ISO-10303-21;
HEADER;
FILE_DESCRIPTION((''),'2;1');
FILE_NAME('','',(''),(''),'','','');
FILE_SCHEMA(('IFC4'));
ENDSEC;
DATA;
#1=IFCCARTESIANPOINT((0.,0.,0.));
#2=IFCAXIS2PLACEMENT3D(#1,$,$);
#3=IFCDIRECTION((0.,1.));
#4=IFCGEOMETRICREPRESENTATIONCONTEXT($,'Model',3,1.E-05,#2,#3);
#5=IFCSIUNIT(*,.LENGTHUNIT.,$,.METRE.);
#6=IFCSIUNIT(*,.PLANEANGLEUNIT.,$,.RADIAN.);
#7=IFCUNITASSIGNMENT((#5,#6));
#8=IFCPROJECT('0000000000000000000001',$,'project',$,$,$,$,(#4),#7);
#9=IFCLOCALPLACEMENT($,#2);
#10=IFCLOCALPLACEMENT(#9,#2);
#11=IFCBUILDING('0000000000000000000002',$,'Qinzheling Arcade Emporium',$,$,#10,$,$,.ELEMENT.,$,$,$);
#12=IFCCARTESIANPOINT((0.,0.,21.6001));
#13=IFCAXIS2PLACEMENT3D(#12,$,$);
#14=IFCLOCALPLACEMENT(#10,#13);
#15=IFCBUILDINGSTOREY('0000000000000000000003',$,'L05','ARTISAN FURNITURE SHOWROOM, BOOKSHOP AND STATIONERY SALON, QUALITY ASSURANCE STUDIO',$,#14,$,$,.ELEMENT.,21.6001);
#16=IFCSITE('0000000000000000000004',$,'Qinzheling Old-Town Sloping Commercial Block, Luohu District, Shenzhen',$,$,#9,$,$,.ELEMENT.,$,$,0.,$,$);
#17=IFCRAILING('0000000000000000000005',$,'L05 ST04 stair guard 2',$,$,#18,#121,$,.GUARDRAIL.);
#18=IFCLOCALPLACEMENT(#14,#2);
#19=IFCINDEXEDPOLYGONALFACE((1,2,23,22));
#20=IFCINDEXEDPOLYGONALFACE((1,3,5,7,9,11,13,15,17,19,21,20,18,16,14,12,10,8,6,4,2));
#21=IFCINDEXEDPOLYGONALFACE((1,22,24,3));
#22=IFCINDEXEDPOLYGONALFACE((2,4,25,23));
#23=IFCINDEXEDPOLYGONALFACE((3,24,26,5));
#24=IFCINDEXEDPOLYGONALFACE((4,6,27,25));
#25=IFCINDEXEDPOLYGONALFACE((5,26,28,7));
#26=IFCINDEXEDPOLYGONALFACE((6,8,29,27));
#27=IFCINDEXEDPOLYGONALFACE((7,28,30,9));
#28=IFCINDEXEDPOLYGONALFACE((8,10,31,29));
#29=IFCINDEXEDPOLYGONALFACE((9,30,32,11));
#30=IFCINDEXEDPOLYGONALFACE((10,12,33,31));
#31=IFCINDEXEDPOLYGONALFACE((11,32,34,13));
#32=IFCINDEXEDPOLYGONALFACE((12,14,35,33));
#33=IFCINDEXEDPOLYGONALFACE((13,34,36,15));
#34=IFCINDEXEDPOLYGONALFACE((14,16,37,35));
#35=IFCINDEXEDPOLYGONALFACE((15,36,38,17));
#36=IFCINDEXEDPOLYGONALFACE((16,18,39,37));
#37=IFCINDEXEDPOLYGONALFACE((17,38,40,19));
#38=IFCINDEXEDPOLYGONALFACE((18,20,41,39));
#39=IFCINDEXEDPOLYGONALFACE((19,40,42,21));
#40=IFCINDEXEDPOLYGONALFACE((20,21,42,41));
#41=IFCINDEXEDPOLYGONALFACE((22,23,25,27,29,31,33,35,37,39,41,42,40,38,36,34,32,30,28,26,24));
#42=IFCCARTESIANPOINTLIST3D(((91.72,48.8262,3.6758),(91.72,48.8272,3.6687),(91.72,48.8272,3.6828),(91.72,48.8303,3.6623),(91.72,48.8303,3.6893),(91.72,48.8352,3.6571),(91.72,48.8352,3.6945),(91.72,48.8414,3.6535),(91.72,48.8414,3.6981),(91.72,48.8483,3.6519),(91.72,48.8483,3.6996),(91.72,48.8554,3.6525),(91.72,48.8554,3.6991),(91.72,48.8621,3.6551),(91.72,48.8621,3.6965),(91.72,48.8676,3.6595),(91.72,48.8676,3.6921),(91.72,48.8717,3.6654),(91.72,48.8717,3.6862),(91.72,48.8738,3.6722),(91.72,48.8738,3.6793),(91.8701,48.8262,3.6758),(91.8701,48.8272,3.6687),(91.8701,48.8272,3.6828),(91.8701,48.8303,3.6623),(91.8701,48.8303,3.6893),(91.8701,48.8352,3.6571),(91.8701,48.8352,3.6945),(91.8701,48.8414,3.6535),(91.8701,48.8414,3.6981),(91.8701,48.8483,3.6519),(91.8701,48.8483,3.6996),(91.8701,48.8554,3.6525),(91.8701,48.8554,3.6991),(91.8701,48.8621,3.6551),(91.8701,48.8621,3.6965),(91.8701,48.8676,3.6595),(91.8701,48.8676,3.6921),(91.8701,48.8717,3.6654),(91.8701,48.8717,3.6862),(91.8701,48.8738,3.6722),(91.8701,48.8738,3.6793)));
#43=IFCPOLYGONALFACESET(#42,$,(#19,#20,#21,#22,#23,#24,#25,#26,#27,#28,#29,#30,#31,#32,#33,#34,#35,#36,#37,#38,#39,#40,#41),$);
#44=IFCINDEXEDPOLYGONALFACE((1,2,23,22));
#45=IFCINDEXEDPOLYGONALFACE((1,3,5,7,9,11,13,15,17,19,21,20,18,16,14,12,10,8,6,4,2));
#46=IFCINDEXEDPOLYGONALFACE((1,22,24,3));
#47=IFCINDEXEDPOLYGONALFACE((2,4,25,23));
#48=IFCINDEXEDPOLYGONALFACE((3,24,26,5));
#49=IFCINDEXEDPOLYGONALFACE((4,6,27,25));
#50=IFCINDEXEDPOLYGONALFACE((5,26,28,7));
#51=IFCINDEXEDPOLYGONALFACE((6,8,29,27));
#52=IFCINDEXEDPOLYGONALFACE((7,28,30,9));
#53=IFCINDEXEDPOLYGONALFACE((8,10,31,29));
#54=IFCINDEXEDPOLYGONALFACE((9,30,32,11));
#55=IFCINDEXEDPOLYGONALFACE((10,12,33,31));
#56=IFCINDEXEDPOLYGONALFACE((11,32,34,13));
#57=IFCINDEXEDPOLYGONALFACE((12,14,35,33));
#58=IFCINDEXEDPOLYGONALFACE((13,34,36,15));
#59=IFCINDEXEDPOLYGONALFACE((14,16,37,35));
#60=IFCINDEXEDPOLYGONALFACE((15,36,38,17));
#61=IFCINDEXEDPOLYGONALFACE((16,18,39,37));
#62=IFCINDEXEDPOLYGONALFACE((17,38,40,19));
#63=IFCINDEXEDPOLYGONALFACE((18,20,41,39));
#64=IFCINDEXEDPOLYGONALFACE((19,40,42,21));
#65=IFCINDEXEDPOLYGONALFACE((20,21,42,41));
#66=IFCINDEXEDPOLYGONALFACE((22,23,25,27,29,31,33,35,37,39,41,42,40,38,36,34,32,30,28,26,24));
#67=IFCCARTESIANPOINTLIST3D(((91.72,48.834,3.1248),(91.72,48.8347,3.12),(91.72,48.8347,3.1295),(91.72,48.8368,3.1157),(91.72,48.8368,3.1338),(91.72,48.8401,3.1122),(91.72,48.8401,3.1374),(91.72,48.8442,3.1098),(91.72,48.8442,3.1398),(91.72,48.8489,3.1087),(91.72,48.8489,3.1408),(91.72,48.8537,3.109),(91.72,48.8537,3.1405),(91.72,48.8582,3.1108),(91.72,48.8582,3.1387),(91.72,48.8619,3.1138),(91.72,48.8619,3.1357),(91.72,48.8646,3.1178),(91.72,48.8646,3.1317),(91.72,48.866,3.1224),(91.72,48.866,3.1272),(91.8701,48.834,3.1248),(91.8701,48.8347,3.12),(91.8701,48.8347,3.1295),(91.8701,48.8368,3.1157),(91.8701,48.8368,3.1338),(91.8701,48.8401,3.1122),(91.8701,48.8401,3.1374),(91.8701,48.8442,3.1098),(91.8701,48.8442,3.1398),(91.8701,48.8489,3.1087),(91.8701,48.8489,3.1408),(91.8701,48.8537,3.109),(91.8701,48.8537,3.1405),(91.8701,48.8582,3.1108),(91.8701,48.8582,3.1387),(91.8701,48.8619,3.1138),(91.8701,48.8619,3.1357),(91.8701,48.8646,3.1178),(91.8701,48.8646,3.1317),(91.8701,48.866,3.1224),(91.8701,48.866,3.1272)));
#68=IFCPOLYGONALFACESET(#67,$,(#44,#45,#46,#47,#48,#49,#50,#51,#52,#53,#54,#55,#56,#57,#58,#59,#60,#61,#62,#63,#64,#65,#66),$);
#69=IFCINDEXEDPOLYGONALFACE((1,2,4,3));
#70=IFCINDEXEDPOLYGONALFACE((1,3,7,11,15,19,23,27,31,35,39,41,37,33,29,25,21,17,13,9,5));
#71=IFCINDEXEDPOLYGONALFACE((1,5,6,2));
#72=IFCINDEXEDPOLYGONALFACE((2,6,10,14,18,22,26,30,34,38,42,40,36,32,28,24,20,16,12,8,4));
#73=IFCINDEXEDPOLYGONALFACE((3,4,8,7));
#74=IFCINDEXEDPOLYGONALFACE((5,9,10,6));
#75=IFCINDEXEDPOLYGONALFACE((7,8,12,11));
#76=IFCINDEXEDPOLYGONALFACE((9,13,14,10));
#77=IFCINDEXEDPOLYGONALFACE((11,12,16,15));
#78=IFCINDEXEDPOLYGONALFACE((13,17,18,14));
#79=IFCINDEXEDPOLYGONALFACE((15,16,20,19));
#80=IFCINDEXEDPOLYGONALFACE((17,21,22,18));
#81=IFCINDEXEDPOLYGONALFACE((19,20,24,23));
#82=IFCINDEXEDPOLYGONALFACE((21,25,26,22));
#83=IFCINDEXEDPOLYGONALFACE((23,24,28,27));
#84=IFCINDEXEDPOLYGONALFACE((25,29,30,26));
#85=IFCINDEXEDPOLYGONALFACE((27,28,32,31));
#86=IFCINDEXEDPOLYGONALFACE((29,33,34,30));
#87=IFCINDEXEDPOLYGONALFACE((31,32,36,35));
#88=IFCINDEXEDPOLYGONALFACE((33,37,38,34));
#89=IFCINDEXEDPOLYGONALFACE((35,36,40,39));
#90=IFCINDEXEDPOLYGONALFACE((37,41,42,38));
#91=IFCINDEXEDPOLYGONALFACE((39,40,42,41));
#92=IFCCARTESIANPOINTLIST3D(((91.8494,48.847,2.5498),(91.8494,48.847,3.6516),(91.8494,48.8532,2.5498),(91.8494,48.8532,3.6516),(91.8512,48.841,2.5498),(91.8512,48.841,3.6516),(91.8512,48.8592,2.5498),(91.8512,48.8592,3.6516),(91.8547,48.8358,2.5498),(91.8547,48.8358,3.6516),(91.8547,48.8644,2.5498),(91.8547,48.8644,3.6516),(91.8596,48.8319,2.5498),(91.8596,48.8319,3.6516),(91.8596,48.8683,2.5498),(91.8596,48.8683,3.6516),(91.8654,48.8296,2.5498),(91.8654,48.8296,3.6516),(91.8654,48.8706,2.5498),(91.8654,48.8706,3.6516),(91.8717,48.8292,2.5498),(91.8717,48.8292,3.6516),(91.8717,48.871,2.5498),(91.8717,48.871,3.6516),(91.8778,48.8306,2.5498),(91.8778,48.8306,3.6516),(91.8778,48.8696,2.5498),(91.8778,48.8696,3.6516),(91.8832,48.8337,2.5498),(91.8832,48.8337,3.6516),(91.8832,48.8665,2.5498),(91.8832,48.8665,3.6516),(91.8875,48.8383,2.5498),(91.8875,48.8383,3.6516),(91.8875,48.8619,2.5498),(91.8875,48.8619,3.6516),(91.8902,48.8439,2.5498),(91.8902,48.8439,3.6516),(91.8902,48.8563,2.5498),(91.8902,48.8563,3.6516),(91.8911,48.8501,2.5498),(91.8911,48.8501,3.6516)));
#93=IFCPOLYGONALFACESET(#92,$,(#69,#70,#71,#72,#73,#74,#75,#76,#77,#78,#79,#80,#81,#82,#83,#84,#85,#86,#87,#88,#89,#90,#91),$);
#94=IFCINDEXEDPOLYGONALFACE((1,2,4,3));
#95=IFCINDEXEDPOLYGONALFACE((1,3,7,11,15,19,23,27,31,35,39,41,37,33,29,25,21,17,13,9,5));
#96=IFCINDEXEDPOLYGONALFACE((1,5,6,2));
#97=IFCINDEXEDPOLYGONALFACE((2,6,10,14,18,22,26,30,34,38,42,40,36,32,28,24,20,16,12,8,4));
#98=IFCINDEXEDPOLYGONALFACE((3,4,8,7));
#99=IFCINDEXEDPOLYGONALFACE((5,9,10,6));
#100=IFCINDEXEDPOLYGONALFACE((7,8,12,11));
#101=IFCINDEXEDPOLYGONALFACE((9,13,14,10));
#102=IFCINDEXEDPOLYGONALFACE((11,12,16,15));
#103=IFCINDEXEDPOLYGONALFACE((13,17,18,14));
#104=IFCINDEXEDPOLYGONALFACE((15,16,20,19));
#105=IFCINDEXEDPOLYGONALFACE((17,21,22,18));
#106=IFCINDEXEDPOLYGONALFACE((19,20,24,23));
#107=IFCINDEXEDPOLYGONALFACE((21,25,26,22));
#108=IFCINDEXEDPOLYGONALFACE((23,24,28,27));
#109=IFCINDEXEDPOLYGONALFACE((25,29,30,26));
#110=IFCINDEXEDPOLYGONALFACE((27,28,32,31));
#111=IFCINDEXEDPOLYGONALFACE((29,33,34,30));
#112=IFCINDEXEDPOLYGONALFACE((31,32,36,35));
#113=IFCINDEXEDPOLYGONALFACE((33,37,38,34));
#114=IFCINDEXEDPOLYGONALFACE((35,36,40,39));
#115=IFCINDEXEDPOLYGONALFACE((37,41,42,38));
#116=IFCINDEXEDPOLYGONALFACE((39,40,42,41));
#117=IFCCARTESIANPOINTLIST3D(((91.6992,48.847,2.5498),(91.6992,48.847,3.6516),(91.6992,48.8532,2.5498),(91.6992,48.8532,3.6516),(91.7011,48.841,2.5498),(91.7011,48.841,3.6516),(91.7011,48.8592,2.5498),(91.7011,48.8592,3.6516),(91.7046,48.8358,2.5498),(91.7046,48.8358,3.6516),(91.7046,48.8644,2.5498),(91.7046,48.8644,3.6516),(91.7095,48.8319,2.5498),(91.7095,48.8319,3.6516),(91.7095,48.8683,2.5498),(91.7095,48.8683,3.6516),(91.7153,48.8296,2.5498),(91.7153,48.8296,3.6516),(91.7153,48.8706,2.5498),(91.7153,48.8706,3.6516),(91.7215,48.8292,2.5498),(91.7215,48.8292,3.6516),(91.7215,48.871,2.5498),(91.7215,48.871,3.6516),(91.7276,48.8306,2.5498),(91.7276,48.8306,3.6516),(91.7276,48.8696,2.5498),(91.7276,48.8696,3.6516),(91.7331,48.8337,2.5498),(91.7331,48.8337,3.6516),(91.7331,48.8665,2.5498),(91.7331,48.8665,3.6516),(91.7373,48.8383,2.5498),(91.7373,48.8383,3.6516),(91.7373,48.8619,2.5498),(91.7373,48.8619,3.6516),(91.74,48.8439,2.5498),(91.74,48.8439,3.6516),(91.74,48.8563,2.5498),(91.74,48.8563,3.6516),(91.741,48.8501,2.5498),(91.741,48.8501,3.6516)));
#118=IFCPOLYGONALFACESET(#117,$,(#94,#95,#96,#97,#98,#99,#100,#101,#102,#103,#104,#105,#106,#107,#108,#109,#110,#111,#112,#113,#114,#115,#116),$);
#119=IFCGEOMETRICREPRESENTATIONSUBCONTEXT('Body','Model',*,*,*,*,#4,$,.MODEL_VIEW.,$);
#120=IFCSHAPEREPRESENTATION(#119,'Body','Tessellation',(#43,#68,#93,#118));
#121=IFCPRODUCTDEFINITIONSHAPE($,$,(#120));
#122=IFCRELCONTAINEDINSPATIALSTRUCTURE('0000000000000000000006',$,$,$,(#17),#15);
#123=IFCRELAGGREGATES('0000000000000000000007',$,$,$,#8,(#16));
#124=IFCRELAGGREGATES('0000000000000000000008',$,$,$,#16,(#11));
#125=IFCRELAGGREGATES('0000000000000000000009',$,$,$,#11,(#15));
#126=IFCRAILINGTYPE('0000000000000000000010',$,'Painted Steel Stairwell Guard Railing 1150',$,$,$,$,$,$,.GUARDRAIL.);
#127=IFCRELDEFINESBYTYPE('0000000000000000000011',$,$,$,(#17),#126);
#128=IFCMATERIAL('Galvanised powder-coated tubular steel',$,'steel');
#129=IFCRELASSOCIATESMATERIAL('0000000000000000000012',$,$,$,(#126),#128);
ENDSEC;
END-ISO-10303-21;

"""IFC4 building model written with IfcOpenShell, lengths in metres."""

from ifc_helpers import new_model, si_unit, direction, frame, origin, origin_2d, place, context, subcontext, project, spatial, circle, extrude, material, type_object, element, save


model = new_model("IFC4")

# Units and contexts
model_context = context("Model", 3, precision=1e-05, world=origin(), true_north=direction((0.0, 1.0)))
body_context = subcontext(model_context, "Body", "Model", "MODEL_VIEW")
ifc_project = project(units=[si_unit("LENGTHUNIT", "METRE"), si_unit("PLANEANGLEUNIT", "RADIAN")], contexts=[model_context])

# Site, building, storey
site_placement = place(None, origin())
site = spatial("IfcSite", under=ifc_project, at=site_placement, Name="Qinzheling Old-Town Sloping Commercial Block, Luohu District, Shenzhen", CompositionType="ELEMENT", RefElevation=0.0)
building_placement = place(site_placement, origin())
building = spatial("IfcBuilding", under=site, at=building_placement, Name="Qinzheling Arcade Emporium", CompositionType="ELEMENT")
storey_placement = place(building_placement, frame((0.0, 0.0, 21.6001)))
storey = spatial("IfcBuildingStorey", under=building, at=storey_placement, Name="L05", Description="ARTISAN FURNITURE SHOWROOM, BOOKSHOP AND STATIONERY SALON, QUALITY ASSURANCE STUDIO", CompositionType="ELEMENT", Elevation=21.6001)

# Railing
ifc_material_1 = material(Name="Galvanised powder-coated tubular steel", Category="steel")
railing_type_1 = type_object("IfcRailingType", Name="Painted Steel Stairwell Guard Railing 1150", PredefinedType="GUARDRAIL", material=ifc_material_1)
railing_1_placement = place(storey_placement, frame((91.8701, 48.8501, 2.5498)))
element("IfcRailing", 1, at=railing_1_placement, inside=storey, type_object=railing_type_1, Name="L05 ST04 stair guard 2", PredefinedType="GUARDRAIL", context=body_context, shape_type="SweptSolid", body=[
    extrude(circle(Radius=0.0239, at=origin_2d()), frame((0.0, 0.0, 1.126), z_axis=(-1.0, 0.0, 0.0), x_axis=(0.0, -1.0, 0.0)), (0.0, 0.0, 1.0), 0.1501),
    extrude(circle(Radius=0.0161, at=origin_2d()), frame((0.0, 0.0, 0.575), z_axis=(-1.0, 0.0, 0.0), x_axis=(0.0, -1.0, 0.0)), (0.0, 0.0, 1.0), 0.1501),
    extrude(circle(Radius=0.021, at=origin_2d()), origin(), (0.0, 0.0, 1.0), 1.1018),
    extrude(circle(Radius=0.021, at=origin_2d()), frame((-0.1501, 0.0, 0.0)), (0.0, 0.0, 1.0), 1.1018),
])

save(model, "model.ifc")
